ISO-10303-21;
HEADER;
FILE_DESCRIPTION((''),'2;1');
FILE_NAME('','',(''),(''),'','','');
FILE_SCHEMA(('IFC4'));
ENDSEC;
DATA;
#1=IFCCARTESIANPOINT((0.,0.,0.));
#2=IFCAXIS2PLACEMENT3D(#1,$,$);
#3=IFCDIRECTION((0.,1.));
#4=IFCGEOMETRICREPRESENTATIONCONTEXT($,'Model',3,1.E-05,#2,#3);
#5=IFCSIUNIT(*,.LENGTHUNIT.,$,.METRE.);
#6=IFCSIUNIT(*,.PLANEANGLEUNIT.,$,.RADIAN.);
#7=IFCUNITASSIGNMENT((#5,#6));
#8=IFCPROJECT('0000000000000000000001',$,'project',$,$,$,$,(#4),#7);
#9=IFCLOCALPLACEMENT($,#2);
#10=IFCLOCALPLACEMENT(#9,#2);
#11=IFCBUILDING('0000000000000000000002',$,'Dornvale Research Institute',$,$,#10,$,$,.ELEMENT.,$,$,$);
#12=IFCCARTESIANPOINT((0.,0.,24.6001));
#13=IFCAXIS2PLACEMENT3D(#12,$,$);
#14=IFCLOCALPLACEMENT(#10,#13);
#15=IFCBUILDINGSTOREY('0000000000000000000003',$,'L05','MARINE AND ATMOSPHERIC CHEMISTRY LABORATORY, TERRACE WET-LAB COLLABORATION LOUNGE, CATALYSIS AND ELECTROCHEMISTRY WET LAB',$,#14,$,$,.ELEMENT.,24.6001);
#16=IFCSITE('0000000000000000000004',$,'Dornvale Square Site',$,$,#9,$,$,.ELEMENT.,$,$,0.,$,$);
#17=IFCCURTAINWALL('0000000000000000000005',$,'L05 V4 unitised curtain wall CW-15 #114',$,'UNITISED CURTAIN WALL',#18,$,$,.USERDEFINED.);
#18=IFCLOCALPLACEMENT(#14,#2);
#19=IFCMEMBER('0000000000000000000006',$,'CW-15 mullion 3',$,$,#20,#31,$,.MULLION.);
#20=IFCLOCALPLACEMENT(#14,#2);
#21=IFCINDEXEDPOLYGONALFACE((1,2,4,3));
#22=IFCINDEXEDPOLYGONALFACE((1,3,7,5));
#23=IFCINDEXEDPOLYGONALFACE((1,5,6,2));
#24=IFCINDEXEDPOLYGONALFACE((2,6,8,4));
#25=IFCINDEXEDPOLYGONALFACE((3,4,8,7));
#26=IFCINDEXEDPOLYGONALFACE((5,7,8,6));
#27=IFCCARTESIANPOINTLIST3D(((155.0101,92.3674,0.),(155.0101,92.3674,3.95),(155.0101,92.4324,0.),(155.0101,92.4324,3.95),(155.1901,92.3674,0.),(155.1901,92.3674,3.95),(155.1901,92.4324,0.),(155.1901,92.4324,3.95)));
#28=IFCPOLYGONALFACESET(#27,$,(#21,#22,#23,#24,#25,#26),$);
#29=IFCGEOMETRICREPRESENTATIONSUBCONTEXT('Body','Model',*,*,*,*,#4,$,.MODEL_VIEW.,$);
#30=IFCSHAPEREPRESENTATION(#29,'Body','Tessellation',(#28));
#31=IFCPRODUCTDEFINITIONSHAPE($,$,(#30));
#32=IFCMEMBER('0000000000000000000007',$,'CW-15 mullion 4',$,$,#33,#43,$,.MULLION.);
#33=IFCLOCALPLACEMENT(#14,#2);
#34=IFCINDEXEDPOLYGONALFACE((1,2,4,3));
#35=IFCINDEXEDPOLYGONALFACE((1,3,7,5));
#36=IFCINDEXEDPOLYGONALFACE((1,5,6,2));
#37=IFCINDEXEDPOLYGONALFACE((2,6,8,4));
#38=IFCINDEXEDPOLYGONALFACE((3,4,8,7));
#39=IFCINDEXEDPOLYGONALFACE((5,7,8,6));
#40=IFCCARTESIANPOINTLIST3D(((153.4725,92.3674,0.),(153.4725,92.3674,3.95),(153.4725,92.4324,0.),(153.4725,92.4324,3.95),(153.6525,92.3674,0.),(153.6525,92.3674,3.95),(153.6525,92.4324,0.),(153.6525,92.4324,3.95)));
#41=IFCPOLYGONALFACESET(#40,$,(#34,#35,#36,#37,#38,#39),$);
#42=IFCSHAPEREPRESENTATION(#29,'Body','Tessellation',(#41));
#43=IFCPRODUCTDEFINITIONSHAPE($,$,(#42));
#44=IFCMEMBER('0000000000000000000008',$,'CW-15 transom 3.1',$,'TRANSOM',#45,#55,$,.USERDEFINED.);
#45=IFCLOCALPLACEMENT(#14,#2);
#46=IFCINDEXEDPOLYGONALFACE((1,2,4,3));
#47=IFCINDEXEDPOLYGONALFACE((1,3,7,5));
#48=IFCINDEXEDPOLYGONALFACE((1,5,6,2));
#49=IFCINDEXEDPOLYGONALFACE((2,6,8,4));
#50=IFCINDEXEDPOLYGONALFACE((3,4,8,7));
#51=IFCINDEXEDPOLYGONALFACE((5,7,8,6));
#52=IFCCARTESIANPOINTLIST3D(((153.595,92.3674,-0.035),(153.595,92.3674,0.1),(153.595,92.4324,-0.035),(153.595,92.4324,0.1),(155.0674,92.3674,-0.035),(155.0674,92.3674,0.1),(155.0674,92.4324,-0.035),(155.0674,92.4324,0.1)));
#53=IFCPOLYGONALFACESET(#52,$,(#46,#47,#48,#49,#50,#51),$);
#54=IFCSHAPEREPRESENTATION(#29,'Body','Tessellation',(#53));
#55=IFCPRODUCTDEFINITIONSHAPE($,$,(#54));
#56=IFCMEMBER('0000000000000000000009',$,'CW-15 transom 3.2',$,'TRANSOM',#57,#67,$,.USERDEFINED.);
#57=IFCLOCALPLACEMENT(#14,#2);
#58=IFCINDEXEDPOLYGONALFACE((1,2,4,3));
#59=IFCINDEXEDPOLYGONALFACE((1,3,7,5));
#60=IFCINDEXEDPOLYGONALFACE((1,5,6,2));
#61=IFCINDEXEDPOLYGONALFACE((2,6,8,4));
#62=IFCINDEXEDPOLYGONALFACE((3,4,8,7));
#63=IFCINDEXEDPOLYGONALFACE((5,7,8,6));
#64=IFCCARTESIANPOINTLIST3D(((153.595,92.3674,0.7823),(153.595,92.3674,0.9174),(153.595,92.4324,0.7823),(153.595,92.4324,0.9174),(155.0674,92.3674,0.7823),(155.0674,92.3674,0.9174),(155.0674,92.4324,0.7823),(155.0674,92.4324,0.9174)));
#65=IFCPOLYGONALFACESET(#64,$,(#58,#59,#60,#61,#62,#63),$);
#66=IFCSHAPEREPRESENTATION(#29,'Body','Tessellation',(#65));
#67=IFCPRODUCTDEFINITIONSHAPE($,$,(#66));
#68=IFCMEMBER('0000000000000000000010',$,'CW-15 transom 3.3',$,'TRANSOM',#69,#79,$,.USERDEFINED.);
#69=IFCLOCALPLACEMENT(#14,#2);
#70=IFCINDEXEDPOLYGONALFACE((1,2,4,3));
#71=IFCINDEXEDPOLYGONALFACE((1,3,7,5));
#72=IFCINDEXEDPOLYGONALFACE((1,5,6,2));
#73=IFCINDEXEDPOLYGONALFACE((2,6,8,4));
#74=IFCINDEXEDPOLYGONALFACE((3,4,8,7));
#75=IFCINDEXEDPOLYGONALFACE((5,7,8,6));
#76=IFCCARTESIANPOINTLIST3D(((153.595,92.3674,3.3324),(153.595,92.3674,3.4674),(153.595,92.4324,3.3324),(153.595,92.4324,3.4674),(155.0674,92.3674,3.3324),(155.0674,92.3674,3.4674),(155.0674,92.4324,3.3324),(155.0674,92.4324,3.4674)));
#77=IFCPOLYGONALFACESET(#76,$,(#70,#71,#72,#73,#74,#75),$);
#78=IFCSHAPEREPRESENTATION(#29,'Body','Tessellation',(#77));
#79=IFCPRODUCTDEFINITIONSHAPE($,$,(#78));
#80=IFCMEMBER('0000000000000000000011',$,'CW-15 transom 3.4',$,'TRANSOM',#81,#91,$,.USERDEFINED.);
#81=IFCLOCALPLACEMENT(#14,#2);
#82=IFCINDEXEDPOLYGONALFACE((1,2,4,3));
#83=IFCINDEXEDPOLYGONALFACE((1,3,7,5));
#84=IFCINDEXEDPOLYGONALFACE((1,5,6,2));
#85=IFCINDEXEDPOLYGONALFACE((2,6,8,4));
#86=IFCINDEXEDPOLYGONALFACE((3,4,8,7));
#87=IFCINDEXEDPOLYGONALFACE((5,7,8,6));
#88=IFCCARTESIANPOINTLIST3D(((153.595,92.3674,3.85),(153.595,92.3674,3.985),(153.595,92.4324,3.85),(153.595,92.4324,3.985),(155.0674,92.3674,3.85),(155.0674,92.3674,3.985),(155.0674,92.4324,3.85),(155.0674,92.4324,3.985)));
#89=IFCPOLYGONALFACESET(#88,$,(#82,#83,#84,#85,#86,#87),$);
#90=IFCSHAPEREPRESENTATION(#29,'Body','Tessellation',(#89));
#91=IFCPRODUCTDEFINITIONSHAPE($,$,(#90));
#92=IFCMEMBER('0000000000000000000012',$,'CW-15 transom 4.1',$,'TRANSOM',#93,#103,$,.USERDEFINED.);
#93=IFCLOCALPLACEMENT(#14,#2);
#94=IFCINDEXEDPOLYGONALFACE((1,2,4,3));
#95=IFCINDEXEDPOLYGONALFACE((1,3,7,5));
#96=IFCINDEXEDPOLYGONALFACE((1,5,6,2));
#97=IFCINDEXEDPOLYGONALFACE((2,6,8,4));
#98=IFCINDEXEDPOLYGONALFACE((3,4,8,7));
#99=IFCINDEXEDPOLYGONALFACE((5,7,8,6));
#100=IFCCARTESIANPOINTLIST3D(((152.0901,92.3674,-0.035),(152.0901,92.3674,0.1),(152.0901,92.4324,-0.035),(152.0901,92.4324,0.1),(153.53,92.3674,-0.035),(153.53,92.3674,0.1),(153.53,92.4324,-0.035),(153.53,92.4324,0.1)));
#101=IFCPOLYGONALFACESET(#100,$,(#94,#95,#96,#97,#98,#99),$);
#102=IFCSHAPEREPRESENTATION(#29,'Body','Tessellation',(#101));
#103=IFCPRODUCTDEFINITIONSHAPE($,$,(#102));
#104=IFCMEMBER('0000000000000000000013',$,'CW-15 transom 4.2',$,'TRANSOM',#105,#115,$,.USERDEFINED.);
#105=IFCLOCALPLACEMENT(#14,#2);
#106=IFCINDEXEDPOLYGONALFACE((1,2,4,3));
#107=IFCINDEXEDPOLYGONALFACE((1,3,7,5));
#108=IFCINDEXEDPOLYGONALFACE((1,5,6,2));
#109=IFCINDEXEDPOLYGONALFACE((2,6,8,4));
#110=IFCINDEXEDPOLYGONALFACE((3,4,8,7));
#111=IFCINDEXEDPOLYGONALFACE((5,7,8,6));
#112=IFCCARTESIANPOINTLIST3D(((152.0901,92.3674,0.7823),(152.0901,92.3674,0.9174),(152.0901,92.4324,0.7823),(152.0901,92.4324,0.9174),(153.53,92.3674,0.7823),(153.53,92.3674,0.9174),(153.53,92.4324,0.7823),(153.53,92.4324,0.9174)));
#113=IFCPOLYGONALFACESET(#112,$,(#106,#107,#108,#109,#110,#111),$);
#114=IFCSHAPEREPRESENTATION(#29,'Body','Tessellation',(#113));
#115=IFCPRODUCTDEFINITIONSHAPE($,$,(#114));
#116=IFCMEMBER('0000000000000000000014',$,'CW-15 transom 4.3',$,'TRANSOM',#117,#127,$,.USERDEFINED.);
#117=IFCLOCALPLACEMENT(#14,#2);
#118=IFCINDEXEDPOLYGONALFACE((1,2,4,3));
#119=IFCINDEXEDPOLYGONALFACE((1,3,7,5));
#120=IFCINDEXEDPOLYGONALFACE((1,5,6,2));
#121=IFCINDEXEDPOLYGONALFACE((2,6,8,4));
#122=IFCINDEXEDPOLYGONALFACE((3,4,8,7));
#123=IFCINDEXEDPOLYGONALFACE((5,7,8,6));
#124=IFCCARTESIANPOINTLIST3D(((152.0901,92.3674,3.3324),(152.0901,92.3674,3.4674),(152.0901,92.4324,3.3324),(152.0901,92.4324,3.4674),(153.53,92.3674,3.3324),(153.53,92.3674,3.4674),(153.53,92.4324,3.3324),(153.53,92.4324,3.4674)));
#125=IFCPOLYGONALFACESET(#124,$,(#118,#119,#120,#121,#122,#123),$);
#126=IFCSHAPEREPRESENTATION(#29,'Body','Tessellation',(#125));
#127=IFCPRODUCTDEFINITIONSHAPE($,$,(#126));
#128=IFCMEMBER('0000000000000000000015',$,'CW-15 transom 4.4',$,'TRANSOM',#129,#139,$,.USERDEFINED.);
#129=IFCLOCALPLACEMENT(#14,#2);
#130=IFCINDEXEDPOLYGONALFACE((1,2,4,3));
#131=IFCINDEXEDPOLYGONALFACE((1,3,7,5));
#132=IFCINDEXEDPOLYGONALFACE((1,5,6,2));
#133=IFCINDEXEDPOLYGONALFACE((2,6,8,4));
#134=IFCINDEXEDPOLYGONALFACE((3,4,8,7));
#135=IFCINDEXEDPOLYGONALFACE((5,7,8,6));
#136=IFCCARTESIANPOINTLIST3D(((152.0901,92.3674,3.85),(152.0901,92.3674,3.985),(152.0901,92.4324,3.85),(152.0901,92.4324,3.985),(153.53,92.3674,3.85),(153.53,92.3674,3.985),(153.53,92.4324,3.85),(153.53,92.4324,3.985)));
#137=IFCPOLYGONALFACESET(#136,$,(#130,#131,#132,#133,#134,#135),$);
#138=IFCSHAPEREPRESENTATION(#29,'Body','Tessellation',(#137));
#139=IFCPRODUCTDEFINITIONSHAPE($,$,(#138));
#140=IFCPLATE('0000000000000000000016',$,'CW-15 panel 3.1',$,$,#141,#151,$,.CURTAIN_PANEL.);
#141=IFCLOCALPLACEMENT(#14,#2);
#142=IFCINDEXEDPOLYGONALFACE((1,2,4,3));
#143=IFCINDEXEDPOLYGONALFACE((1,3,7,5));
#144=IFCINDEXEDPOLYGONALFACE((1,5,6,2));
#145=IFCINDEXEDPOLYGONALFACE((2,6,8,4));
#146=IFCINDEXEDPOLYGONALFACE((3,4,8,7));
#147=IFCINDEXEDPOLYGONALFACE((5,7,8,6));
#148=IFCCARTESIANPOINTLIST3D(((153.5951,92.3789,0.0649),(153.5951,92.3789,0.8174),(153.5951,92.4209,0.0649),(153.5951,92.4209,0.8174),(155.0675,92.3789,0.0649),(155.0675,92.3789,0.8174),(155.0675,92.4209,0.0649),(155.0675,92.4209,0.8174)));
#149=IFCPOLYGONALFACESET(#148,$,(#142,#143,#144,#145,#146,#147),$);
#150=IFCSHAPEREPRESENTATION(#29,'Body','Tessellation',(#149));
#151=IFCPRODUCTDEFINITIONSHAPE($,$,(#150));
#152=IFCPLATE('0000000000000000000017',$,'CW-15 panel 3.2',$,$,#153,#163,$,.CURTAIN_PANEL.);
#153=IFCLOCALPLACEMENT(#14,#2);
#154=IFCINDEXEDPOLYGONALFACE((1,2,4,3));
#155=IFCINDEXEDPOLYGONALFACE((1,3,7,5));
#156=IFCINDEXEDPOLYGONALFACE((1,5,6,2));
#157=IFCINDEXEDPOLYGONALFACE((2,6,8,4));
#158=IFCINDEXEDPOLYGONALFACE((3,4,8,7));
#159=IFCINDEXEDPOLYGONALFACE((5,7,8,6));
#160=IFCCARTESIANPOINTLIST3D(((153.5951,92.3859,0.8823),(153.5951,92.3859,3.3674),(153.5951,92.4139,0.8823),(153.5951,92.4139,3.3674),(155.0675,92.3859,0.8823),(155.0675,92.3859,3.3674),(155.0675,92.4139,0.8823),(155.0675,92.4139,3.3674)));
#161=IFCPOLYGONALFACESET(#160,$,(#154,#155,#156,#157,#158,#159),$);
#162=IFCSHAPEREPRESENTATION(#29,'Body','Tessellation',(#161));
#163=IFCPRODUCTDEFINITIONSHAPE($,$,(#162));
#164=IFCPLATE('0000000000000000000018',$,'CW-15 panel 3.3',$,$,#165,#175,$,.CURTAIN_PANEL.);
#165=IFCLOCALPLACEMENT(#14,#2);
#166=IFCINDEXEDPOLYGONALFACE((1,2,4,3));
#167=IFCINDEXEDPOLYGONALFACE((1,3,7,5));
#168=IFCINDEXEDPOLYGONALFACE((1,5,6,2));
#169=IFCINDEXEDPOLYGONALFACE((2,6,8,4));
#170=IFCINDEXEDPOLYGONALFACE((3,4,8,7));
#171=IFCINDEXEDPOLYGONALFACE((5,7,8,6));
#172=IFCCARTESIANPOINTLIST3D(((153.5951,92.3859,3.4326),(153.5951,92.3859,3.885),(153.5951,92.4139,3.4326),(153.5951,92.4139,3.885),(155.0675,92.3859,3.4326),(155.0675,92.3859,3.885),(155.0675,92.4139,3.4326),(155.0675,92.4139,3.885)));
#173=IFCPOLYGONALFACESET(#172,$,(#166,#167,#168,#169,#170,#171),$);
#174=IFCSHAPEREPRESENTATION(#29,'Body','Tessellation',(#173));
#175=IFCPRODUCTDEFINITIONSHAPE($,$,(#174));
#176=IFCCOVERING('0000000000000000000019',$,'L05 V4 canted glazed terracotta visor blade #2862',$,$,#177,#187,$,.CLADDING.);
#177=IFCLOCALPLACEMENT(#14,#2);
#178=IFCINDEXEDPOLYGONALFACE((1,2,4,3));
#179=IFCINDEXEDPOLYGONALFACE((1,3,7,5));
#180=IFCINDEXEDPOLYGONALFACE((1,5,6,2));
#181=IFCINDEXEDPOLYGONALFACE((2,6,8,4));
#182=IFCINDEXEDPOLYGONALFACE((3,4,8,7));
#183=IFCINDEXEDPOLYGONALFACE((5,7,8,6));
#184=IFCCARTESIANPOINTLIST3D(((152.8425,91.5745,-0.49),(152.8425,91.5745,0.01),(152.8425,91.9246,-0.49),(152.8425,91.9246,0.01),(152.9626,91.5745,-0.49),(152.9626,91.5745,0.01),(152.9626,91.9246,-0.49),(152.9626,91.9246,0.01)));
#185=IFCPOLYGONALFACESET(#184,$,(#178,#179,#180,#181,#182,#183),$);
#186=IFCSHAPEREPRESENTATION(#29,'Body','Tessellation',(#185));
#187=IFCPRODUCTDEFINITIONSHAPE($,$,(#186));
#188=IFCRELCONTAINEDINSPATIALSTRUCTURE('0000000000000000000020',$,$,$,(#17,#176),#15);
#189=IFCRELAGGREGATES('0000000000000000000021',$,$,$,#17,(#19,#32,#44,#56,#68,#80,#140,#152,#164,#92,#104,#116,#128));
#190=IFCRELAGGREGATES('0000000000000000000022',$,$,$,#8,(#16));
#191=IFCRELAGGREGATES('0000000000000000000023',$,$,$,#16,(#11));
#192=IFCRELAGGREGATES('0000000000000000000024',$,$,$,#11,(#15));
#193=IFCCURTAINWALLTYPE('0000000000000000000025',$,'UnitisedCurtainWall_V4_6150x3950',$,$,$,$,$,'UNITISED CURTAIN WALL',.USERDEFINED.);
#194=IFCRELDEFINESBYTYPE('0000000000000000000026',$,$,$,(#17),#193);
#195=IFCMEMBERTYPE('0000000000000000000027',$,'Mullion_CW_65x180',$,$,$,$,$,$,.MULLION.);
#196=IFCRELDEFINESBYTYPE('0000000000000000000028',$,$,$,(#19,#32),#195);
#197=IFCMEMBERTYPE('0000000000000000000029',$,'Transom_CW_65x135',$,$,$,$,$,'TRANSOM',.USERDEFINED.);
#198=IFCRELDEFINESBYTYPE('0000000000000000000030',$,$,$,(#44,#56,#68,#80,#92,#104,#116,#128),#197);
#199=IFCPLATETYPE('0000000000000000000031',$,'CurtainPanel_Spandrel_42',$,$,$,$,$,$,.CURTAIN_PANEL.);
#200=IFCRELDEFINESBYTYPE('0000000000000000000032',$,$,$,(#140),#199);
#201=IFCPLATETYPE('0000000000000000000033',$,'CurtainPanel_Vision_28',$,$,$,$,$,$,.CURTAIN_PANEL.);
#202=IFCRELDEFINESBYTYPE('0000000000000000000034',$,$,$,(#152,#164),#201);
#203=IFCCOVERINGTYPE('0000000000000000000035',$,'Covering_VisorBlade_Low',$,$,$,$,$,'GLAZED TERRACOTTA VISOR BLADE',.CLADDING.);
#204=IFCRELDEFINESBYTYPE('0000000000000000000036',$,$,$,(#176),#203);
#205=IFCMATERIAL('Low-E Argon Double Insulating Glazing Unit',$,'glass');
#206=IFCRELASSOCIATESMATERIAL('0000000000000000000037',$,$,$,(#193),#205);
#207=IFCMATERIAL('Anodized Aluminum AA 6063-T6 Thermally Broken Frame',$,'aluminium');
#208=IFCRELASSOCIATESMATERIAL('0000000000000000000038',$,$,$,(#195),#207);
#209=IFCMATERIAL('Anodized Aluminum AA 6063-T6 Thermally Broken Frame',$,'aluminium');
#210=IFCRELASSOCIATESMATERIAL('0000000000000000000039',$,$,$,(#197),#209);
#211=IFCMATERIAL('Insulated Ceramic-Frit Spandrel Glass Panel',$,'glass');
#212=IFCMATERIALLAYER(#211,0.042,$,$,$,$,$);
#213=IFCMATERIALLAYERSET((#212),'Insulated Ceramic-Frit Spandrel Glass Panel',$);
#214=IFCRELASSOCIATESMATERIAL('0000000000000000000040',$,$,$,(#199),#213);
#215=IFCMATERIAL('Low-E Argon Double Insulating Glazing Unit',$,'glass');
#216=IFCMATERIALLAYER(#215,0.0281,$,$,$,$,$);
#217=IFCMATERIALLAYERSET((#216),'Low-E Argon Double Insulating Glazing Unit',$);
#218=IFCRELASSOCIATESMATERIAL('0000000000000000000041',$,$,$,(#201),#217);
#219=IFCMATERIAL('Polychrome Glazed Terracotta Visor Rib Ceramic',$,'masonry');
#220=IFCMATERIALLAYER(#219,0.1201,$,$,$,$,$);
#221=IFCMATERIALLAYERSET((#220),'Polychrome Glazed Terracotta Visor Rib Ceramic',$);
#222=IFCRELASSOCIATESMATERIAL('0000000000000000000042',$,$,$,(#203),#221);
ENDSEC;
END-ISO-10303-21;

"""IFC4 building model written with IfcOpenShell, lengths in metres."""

from ifc_helpers import new_model, si_unit, direction, frame, origin, origin_2d, place, context, subcontext, project, spatial, rectangle, extrude, material, layer, layer_set, material_profile, profile_set, type_object, element, aggregate, save


model = new_model("IFC4")

# Units and contexts
model_context = context("Model", 3, precision=1e-05, world=origin(), true_north=direction((0.0, 1.0)))
body_context = subcontext(model_context, "Body", "Model", "MODEL_VIEW")
ifc_project = project(units=[si_unit("LENGTHUNIT", "METRE"), si_unit("PLANEANGLEUNIT", "RADIAN")], contexts=[model_context])

# Site, building, storey
site_placement = place(None, origin())
site = spatial("IfcSite", under=ifc_project, at=site_placement, Name="Dornvale Square Site", CompositionType="ELEMENT", RefElevation=0.0)
building_placement = place(site_placement, origin())
building = spatial("IfcBuilding", under=site, at=building_placement, Name="Dornvale Research Institute", CompositionType="ELEMENT")
storey_placement = place(building_placement, frame((0.0, 0.0, 24.6001)))
storey = spatial("IfcBuildingStorey", under=building, at=storey_placement, Name="L05", Description="MARINE AND ATMOSPHERIC CHEMISTRY LABORATORY, TERRACE WET-LAB COLLABORATION LOUNGE, CATALYSIS AND ELECTROCHEMISTRY WET LAB", CompositionType="ELEMENT", Elevation=24.6001)

# Curtain wall, members, plates
ifc_material_1 = material(Name="Low-E Argon Double Insulating Glazing Unit", Category="glass")
curtain_wall_type = type_object("IfcCurtainWallType", Name="UnitisedCurtainWall_V4_6150x3950", ElementType="UNITISED CURTAIN WALL", PredefinedType="USERDEFINED", material=ifc_material_1)
curtain_wall_placement = place(storey_placement, origin())
curtain_wall = element("IfcCurtainWall", 1, at=curtain_wall_placement, inside=storey, type_object=curtain_wall_type, Name="L05 V4 unitised curtain wall CW-15 #114", ObjectType="UNITISED CURTAIN WALL", PredefinedType="USERDEFINED")
ifc_material_2 = material(Name="Anodized Aluminum AA 6063-T6 Thermally Broken Frame", Category="aluminium")
ifc_material_profile_1 = material_profile(ifc_material_2, rectangle(XDim=0.0649, YDim=0.1799, at=origin_2d()), Name="ALU MULLION 65x180")
ifc_profile_set_1 = profile_set([ifc_material_profile_1], Name="Anodized Aluminum AA 6063-T6 Thermally Broken Frame")
member_type_1 = type_object("IfcMemberType", Name="Mullion_CW_65x180", PredefinedType="MULLION", material=ifc_profile_set_1)
member_1_placement = place(storey_placement, frame((155.1001, 92.3999, 0.0), z_axis=(0.0, 0.0, 1.0), x_axis=(0.0, -1.0, 0.0)))
member_1 = element("IfcMember", 2, at=member_1_placement, type_object=member_type_1, Name="CW-15 mullion 3", PredefinedType="MULLION", context=body_context, shape_type="SweptSolid", body=[
    extrude(rectangle(XDim=0.0649, YDim=0.1799, at=origin_2d()), origin(), (0.0, 0.0, 1.0), 3.95),
])
member_2_placement = place(storey_placement, frame((153.5625, 92.3999, 0.0), z_axis=(0.0, 0.0, 1.0), x_axis=(0.0, -1.0, 0.0)))
member_2 = element("IfcMember", 3, at=member_2_placement, type_object=member_type_1, Name="CW-15 mullion 4", PredefinedType="MULLION", context=body_context, shape_type="SweptSolid", body=[
    extrude(rectangle(XDim=0.0649, YDim=0.1799, at=origin_2d()), origin(), (0.0, 0.0, 1.0), 3.95),
])
ifc_material_3 = material(Name="Anodized Aluminum AA 6063-T6 Thermally Broken Frame", Category="aluminium")
ifc_material_profile_2 = material_profile(ifc_material_3, rectangle(XDim=0.0649, YDim=0.135, at=origin_2d()), Name="ALU TRANSOM 65x135")
ifc_profile_set_2 = profile_set([ifc_material_profile_2], Name="Anodized Aluminum AA 6063-T6 Thermally Broken Frame")
member_type_2 = type_object("IfcMemberType", Name="Transom_CW_65x135", ElementType="TRANSOM", PredefinedType="USERDEFINED", material=ifc_profile_set_2)
member_3_placement = place(storey_placement, frame((155.0674, 92.3999, 0.0325), z_axis=(-1.0, 0.0, 0.0), x_axis=(0.0, -1.0, 0.0)))
member_3 = element("IfcMember", 4, at=member_3_placement, type_object=member_type_2, Name="CW-15 transom 3.1", ObjectType="TRANSOM", PredefinedType="USERDEFINED", context=body_context, shape_type="SweptSolid", body=[
    extrude(rectangle(XDim=0.0649, YDim=0.135, at=origin_2d()), origin(), (0.0, 0.0, 1.0), 1.4724),
])
member_4_placement = place(storey_placement, frame((155.0674, 92.3999, 0.8499), z_axis=(-1.0, 0.0, 0.0), x_axis=(0.0, -1.0, 0.0)))
member_4 = element("IfcMember", 5, at=member_4_placement, type_object=member_type_2, Name="CW-15 transom 3.2", ObjectType="TRANSOM", PredefinedType="USERDEFINED", context=body_context, shape_type="SweptSolid", body=[
    extrude(rectangle(XDim=0.0649, YDim=0.135, at=origin_2d()), origin(), (0.0, 0.0, 1.0), 1.4724),
])
member_5_placement = place(storey_placement, frame((155.0674, 92.3999, 3.3999), z_axis=(-1.0, 0.0, 0.0), x_axis=(0.0, -1.0, 0.0)))
member_5 = element("IfcMember", 6, at=member_5_placement, type_object=member_type_2, Name="CW-15 transom 3.3", ObjectType="TRANSOM", PredefinedType="USERDEFINED", context=body_context, shape_type="SweptSolid", body=[
    extrude(rectangle(XDim=0.0649, YDim=0.135, at=origin_2d()), origin(), (0.0, 0.0, 1.0), 1.4724),
])
member_6_placement = place(storey_placement, frame((155.0674, 92.3999, 3.9175), z_axis=(-1.0, 0.0, 0.0), x_axis=(0.0, -1.0, 0.0)))
member_6 = element("IfcMember", 7, at=member_6_placement, type_object=member_type_2, Name="CW-15 transom 3.4", ObjectType="TRANSOM", PredefinedType="USERDEFINED", context=body_context, shape_type="SweptSolid", body=[
    extrude(rectangle(XDim=0.0649, YDim=0.135, at=origin_2d()), origin(), (0.0, 0.0, 1.0), 1.4724),
])
member_7_placement = place(storey_placement, frame((153.53, 92.3999, 0.0325), z_axis=(-1.0, 0.0, 0.0), x_axis=(0.0, -1.0, 0.0)))
member_7 = element("IfcMember", 8, at=member_7_placement, type_object=member_type_2, Name="CW-15 transom 4.1", ObjectType="TRANSOM", PredefinedType="USERDEFINED", context=body_context, shape_type="SweptSolid", body=[
    extrude(rectangle(XDim=0.0649, YDim=0.135, at=origin_2d()), origin(), (0.0, 0.0, 1.0), 1.4399),
])
member_8_placement = place(storey_placement, frame((153.53, 92.3999, 0.8499), z_axis=(-1.0, 0.0, 0.0), x_axis=(0.0, -1.0, 0.0)))
member_8 = element("IfcMember", 9, at=member_8_placement, type_object=member_type_2, Name="CW-15 transom 4.2", ObjectType="TRANSOM", PredefinedType="USERDEFINED", context=body_context, shape_type="SweptSolid", body=[
    extrude(rectangle(XDim=0.0649, YDim=0.135, at=origin_2d()), origin(), (0.0, 0.0, 1.0), 1.4399),
])
member_9_placement = place(storey_placement, frame((153.53, 92.3999, 3.3999), z_axis=(-1.0, 0.0, 0.0), x_axis=(0.0, -1.0, 0.0)))
member_9 = element("IfcMember", 10, at=member_9_placement, type_object=member_type_2, Name="CW-15 transom 4.3", ObjectType="TRANSOM", PredefinedType="USERDEFINED", context=body_context, shape_type="SweptSolid", body=[
    extrude(rectangle(XDim=0.0649, YDim=0.135, at=origin_2d()), origin(), (0.0, 0.0, 1.0), 1.4399),
])
member_10_placement = place(storey_placement, frame((153.53, 92.3999, 3.9175), z_axis=(-1.0, 0.0, 0.0), x_axis=(0.0, -1.0, 0.0)))
member_10 = element("IfcMember", 11, at=member_10_placement, type_object=member_type_2, Name="CW-15 transom 4.4", ObjectType="TRANSOM", PredefinedType="USERDEFINED", context=body_context, shape_type="SweptSolid", body=[
    extrude(rectangle(XDim=0.0649, YDim=0.135, at=origin_2d()), origin(), (0.0, 0.0, 1.0), 1.4399),
])
ifc_material_4 = material(Name="Insulated Ceramic-Frit Spandrel Glass Panel", Category="glass")
ifc_layer_1 = layer(ifc_material_4, 0.042)
ifc_layer_set_1 = layer_set([ifc_layer_1], Name="Insulated Ceramic-Frit Spandrel Glass Panel")
plate_type_1 = type_object("IfcPlateType", Name="CurtainPanel_Spandrel_42", PredefinedType="CURTAIN_PANEL", material=ifc_layer_set_1)
plate_1_placement = place(storey_placement, frame((154.3313, 92.3999, 0.0649), z_axis=(0.0, 0.0, 1.0), x_axis=(-1.0, 0.0, 0.0)))
plate_1 = element("IfcPlate", 12, at=plate_1_placement, type_object=plate_type_1, Name="CW-15 panel 3.1", PredefinedType="CURTAIN_PANEL", context=body_context, shape_type="SweptSolid", body=[
    extrude(rectangle(XDim=1.4724, YDim=0.042, at=origin_2d()), origin(), (0.0, 0.0, 1.0), 0.7524),
])
ifc_material_5 = material(Name="Low-E Argon Double Insulating Glazing Unit", Category="glass")
ifc_layer_2 = layer(ifc_material_5, 0.0281)
ifc_layer_set_2 = layer_set([ifc_layer_2], Name="Low-E Argon Double Insulating Glazing Unit")
plate_type_2 = type_object("IfcPlateType", Name="CurtainPanel_Vision_28", PredefinedType="CURTAIN_PANEL", material=ifc_layer_set_2)
plate_2_placement = place(storey_placement, frame((154.3313, 92.3999, 0.8823), z_axis=(0.0, 0.0, 1.0), x_axis=(-1.0, 0.0, 0.0)))
plate_2 = element("IfcPlate", 13, at=plate_2_placement, type_object=plate_type_2, Name="CW-15 panel 3.2", PredefinedType="CURTAIN_PANEL", context=body_context, shape_type="SweptSolid", body=[
    extrude(rectangle(XDim=1.4724, YDim=0.0281, at=origin_2d()), origin(), (0.0, 0.0, 1.0), 2.4851),
])
plate_3_placement = place(storey_placement, frame((154.3313, 92.3999, 3.4326), z_axis=(0.0, 0.0, 1.0), x_axis=(-1.0, 0.0, 0.0)))
plate_3 = element("IfcPlate", 14, at=plate_3_placement, type_object=plate_type_2, Name="CW-15 panel 3.3", PredefinedType="CURTAIN_PANEL", context=body_context, shape_type="SweptSolid", body=[
    extrude(rectangle(XDim=1.4724, YDim=0.0281, at=origin_2d()), origin(), (0.0, 0.0, 1.0), 0.4524),
])
aggregate(curtain_wall, [member_1, member_2, member_3, member_4, member_5, member_6, plate_1, plate_2, plate_3, member_7, member_8, member_9, member_10])

# Covering
ifc_material_6 = material(Name="Polychrome Glazed Terracotta Visor Rib Ceramic", Category="masonry")
ifc_layer_3 = layer(ifc_material_6, 0.1201)
ifc_layer_set_3 = layer_set([ifc_layer_3], Name="Polychrome Glazed Terracotta Visor Rib Ceramic")
covering_type = type_object("IfcCoveringType", Name="Covering_VisorBlade_Low", ElementType="GLAZED TERRACOTTA VISOR BLADE", PredefinedType="CLADDING", material=ifc_layer_set_3)
covering_1_placement = place(storey_placement, frame((152.9026, 91.7495, -0.49), z_axis=(0.0, 0.0, 1.0), x_axis=(0.0, 1.0, 0.0)))
element("IfcCovering", 15, at=covering_1_placement, inside=storey, type_object=covering_type, Name="L05 V4 canted glazed terracotta visor blade #2862", PredefinedType="CLADDING", context=body_context, shape_type="SweptSolid", body=[
    extrude(rectangle(XDim=0.3501, YDim=0.1201, at=origin_2d()), origin(), (0.0, 0.0, 1.0), 0.5),
])

save(model, "model.ifc")
